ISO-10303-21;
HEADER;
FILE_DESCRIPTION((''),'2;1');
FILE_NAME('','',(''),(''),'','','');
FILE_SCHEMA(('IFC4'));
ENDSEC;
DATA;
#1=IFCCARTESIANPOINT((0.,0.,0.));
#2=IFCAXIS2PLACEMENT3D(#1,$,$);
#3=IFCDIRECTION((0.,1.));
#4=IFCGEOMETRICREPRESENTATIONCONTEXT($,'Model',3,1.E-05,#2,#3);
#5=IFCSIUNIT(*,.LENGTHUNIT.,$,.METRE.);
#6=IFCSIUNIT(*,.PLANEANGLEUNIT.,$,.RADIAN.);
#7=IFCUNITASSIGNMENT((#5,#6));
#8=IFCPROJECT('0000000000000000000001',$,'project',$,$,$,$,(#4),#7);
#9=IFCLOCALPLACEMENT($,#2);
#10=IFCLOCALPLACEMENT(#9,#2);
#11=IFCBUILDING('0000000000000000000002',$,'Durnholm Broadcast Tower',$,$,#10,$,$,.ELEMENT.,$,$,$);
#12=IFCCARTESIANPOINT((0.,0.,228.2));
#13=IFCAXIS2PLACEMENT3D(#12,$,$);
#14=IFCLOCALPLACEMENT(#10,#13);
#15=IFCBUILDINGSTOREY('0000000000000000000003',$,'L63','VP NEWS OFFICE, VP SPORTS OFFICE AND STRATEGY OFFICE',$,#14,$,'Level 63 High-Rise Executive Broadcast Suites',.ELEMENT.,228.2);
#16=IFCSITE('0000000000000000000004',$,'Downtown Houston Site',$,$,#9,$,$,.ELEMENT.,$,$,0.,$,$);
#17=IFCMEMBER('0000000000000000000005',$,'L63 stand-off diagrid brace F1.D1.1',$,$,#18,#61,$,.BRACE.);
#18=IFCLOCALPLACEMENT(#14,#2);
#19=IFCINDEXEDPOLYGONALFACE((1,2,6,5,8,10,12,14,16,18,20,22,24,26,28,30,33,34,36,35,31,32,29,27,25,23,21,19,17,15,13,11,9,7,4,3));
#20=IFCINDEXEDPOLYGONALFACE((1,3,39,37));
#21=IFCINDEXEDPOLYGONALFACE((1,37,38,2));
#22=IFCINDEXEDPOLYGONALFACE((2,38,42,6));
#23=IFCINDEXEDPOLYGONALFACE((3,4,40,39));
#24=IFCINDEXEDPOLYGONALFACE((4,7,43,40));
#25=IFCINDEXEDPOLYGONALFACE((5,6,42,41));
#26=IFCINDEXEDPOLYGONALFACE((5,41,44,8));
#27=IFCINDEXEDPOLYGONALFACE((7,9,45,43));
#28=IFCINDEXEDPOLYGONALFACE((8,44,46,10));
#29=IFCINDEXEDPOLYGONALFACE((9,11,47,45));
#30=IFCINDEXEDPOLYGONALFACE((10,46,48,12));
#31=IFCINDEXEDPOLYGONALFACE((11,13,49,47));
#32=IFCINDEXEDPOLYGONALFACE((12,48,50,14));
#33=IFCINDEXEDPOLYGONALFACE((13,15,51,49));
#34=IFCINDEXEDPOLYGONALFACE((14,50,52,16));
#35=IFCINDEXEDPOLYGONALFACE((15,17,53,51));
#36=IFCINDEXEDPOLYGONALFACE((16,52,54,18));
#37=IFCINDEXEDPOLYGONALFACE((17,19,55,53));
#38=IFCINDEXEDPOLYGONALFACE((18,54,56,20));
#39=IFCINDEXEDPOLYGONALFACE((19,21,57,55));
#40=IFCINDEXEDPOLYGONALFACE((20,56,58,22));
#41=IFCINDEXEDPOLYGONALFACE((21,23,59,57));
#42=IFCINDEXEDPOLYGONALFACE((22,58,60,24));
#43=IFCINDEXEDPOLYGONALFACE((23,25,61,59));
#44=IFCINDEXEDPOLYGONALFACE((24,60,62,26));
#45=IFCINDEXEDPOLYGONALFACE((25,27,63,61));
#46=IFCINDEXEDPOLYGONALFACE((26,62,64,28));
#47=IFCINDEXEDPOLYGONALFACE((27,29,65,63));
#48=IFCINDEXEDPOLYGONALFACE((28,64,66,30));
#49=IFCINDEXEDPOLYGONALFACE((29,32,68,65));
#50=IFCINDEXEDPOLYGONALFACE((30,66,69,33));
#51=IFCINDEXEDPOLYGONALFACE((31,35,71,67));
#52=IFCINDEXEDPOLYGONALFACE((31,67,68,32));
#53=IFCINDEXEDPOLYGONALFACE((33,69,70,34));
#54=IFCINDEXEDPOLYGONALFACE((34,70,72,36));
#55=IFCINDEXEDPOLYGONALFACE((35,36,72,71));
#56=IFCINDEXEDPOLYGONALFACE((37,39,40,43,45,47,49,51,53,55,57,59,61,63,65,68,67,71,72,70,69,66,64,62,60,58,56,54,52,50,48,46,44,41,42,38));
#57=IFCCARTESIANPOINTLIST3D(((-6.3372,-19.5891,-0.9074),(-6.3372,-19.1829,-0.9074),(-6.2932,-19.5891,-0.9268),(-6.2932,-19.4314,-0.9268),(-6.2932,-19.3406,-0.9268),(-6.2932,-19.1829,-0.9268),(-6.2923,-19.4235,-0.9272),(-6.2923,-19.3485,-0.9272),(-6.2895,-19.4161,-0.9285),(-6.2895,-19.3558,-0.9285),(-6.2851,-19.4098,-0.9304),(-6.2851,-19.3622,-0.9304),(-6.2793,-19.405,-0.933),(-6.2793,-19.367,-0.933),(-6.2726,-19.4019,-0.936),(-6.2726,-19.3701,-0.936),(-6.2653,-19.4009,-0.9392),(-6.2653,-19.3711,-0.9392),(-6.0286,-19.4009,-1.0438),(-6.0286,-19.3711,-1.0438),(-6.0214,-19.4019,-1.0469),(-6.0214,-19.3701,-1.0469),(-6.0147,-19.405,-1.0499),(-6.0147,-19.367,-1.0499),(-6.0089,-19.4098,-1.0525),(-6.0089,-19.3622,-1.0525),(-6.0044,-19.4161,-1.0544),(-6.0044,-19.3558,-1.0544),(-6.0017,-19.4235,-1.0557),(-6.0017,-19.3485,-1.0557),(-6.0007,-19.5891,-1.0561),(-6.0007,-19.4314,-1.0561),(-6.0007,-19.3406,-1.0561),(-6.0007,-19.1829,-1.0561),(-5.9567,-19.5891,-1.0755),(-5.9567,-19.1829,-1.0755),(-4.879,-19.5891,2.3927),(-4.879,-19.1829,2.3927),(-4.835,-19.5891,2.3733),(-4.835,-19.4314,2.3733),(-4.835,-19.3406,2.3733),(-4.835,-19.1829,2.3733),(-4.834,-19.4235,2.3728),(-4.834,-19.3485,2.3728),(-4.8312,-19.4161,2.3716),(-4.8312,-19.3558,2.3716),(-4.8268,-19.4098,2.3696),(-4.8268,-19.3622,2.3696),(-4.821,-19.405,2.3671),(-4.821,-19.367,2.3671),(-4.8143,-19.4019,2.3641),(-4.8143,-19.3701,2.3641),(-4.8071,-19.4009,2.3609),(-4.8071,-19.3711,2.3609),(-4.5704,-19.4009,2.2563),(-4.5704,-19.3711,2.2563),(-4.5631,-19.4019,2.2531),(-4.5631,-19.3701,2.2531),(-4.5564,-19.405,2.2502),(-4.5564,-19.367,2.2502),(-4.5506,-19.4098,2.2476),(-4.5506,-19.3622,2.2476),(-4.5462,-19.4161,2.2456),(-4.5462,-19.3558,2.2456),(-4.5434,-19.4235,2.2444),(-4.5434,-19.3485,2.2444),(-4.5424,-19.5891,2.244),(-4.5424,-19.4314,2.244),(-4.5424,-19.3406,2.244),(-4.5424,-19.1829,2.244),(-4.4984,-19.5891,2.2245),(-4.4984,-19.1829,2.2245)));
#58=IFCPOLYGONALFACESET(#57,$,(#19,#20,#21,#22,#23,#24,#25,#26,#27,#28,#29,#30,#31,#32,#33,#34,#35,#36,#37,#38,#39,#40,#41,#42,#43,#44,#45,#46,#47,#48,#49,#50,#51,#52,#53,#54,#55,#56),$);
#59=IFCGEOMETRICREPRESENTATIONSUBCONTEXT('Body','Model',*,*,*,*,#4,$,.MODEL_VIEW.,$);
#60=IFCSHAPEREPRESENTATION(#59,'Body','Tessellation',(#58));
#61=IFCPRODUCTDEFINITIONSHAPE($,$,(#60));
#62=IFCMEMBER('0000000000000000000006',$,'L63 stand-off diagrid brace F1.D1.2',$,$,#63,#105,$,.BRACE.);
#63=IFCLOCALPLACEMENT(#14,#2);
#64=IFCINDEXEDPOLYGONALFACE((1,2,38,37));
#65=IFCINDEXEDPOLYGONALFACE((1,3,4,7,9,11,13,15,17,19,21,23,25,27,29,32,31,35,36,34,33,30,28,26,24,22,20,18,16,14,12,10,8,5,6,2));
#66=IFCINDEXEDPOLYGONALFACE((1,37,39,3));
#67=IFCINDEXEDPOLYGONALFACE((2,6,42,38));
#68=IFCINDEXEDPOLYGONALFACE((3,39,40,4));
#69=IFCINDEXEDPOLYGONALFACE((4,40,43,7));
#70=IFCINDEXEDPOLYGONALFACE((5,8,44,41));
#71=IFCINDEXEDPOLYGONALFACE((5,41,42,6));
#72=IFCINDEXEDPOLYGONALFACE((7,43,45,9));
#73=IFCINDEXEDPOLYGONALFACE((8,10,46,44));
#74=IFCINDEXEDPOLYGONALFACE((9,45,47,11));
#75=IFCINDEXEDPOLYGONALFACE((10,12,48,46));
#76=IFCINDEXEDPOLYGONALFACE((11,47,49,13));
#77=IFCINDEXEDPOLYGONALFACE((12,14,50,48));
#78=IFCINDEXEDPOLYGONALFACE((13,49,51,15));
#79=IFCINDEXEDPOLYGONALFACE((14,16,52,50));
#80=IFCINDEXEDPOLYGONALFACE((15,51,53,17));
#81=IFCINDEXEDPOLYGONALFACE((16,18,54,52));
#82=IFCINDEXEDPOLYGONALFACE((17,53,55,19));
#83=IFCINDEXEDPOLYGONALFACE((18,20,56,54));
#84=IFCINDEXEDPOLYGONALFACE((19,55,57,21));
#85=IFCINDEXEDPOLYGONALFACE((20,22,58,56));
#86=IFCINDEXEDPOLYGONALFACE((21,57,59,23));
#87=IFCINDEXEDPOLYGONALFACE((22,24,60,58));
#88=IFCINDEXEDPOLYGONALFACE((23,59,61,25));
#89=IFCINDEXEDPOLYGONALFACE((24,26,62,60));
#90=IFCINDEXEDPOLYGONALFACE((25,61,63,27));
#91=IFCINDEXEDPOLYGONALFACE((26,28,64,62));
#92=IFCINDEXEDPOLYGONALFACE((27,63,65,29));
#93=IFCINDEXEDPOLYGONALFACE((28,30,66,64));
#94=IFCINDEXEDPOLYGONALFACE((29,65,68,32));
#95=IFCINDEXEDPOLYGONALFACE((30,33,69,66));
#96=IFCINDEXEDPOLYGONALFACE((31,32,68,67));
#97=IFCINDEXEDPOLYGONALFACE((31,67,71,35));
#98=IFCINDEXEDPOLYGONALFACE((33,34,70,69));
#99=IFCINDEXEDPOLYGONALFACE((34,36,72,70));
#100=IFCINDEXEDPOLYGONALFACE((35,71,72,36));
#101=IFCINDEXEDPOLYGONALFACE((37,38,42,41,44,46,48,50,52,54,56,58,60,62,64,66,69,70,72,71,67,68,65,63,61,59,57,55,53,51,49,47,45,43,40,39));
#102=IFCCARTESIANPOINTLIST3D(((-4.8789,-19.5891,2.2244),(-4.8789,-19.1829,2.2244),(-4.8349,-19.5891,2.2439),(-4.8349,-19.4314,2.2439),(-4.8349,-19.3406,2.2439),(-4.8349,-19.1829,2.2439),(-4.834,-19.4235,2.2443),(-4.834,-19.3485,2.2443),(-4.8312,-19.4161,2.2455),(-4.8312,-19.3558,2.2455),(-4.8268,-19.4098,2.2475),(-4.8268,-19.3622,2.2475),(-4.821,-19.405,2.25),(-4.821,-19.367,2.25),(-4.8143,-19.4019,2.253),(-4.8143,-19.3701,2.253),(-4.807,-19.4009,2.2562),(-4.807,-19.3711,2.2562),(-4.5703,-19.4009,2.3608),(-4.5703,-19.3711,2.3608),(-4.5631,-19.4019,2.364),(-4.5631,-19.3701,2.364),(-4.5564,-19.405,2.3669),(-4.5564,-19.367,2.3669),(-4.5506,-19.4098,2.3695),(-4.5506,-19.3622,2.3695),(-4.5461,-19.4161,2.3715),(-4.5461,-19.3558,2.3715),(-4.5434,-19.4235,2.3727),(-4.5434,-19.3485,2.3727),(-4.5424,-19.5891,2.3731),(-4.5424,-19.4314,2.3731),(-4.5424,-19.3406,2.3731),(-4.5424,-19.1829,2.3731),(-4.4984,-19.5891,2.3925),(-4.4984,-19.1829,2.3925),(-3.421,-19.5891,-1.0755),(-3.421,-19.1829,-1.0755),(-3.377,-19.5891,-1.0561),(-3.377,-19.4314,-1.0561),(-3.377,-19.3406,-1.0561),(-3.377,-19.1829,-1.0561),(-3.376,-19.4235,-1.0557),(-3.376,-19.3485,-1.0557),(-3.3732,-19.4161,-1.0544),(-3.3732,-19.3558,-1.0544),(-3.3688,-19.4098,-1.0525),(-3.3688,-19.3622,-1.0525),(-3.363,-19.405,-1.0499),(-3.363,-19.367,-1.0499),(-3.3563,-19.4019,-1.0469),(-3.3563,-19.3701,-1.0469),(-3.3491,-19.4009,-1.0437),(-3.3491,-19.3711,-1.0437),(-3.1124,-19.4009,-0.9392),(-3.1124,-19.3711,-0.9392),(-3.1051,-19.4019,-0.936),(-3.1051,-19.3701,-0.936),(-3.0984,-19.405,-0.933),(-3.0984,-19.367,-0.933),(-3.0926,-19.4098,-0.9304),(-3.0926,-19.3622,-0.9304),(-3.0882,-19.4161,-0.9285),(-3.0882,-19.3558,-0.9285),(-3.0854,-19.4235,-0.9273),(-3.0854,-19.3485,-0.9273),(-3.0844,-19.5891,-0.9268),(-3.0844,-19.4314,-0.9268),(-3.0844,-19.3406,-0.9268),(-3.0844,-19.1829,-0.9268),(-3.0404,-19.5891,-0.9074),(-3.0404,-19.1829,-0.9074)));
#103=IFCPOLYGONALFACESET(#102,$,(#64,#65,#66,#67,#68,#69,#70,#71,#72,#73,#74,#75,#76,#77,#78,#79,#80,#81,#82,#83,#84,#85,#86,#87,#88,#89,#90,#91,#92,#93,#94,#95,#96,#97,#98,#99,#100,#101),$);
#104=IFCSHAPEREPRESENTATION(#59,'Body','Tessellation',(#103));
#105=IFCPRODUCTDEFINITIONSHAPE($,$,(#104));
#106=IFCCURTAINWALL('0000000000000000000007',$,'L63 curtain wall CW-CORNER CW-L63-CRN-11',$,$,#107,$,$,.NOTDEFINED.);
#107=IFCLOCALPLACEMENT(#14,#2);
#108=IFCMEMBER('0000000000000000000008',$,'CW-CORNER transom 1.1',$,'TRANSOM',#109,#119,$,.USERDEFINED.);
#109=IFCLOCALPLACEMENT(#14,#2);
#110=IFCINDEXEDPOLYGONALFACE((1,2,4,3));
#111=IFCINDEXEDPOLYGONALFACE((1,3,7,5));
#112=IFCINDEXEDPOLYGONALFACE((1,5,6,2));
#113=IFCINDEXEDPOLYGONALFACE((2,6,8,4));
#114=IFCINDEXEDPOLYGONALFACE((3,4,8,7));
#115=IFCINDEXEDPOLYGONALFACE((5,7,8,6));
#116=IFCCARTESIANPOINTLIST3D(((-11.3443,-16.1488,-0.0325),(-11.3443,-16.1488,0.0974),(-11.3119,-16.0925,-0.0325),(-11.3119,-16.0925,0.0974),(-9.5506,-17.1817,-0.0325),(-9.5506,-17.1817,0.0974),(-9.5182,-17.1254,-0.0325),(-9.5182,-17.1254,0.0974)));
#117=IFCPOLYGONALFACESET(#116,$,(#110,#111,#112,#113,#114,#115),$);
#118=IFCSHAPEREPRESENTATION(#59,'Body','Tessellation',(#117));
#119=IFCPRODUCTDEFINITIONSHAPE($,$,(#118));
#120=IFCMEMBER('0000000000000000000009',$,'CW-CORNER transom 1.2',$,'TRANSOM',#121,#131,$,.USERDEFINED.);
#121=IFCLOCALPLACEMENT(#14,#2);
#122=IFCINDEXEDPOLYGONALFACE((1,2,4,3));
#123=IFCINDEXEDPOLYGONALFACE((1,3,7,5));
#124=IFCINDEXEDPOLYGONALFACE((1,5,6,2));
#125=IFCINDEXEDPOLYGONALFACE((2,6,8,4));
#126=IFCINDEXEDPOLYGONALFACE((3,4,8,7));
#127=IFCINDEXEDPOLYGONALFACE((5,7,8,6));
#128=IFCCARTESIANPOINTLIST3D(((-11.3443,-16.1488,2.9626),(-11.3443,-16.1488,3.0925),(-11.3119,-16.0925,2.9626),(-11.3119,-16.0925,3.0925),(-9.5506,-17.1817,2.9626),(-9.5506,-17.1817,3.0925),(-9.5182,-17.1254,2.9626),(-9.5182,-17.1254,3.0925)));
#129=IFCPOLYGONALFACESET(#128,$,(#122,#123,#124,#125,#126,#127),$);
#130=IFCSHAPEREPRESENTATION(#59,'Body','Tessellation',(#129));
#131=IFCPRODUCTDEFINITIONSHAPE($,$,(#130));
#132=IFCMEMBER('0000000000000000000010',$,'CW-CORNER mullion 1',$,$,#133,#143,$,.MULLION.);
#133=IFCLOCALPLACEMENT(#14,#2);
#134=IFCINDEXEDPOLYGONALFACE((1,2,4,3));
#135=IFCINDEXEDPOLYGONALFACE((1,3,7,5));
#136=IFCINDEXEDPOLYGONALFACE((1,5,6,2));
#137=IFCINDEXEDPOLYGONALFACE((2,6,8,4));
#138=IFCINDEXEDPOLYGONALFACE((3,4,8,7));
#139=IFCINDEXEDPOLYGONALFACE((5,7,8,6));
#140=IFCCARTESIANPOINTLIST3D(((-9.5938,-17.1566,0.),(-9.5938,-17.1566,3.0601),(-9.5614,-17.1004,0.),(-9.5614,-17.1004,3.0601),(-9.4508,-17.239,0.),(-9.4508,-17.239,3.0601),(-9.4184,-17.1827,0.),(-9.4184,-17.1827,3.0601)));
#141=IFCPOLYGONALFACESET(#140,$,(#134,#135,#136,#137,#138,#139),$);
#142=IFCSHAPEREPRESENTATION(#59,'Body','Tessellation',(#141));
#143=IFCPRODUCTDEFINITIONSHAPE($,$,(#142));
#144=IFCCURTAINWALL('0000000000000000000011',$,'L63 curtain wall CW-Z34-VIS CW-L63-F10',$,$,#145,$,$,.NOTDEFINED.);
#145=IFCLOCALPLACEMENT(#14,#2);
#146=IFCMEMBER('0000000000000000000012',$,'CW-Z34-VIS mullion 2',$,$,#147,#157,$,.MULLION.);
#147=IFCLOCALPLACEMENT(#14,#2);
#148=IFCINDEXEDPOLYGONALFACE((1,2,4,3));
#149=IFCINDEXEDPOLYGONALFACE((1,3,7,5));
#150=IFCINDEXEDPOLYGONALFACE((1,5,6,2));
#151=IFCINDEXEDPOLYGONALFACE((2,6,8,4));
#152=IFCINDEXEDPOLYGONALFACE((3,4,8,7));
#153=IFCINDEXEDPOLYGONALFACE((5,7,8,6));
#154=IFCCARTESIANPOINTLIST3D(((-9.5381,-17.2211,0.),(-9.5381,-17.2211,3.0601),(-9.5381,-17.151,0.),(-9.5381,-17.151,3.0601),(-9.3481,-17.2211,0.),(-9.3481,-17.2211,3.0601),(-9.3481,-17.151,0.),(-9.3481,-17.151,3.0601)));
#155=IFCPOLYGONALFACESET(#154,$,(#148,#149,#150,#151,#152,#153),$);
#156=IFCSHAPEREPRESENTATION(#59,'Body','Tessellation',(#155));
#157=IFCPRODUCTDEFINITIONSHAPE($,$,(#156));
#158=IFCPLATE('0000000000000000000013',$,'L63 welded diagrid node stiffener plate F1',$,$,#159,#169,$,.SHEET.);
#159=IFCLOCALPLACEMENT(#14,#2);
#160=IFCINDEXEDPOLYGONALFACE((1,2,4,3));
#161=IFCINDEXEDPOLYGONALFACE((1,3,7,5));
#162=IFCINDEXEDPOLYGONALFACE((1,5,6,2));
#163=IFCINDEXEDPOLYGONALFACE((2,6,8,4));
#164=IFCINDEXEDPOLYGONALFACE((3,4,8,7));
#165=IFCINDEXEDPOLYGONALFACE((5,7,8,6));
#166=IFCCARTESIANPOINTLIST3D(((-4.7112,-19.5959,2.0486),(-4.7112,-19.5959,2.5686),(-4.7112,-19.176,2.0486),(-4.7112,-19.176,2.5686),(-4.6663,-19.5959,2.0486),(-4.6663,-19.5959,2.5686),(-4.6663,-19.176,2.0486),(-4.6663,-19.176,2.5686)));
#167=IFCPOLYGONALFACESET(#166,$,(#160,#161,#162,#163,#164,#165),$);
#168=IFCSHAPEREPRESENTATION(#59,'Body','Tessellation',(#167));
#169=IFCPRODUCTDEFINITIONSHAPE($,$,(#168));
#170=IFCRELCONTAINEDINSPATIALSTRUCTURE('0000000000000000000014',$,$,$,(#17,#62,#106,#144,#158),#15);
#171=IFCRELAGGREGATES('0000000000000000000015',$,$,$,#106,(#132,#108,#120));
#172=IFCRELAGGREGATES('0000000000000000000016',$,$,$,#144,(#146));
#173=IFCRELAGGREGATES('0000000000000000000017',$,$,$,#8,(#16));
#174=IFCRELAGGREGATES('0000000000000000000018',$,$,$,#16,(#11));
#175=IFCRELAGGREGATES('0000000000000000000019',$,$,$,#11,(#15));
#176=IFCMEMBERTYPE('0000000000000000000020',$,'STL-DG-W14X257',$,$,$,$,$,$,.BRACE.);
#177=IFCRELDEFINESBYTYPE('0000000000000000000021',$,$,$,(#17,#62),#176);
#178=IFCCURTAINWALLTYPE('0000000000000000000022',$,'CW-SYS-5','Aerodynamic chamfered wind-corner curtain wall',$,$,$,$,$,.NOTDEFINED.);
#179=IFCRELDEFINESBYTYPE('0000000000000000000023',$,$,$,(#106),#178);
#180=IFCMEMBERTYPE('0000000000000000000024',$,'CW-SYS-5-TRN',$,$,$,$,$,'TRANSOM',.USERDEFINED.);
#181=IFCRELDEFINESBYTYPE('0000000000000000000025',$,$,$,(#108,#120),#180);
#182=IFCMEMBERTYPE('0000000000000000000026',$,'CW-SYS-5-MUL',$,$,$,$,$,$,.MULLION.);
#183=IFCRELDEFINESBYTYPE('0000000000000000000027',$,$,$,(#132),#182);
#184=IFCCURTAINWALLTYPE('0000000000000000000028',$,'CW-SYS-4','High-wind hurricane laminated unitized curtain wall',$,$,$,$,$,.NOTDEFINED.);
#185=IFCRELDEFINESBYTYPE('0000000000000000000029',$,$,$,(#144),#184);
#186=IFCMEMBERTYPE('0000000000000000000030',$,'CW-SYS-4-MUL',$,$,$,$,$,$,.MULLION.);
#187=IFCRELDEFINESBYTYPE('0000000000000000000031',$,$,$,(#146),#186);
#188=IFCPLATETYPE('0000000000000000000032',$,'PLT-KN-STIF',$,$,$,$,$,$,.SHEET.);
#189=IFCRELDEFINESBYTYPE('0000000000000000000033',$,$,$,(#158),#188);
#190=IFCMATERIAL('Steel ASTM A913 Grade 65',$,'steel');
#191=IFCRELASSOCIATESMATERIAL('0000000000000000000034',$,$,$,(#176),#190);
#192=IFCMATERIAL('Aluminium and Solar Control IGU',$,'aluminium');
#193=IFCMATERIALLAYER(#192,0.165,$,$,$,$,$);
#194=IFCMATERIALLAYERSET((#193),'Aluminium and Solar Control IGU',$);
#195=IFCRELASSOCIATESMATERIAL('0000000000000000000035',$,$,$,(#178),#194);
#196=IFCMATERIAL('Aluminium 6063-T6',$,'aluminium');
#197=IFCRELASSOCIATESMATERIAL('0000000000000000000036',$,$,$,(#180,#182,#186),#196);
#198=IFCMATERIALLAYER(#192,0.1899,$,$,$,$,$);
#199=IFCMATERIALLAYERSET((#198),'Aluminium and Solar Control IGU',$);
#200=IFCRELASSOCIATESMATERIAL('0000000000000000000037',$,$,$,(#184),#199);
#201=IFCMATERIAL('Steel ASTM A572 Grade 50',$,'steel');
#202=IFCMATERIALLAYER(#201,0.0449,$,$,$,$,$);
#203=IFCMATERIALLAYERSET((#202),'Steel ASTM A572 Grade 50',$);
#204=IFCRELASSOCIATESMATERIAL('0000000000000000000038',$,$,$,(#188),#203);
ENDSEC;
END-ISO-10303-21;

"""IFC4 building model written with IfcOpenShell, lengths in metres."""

from ifc_helpers import new_model, si_unit, direction, frame, origin, origin_2d, place, context, subcontext, project, spatial, rectangle, i_section, extrude, source, transform, mapped, material, layer, layer_set, material_profile, profile_set, type_object, type_shapes, element, aggregate, save


model = new_model("IFC4")

# Units and contexts
model_context = context("Model", 3, precision=1e-05, world=origin(), true_north=direction((0.0, 1.0)))
body_context = subcontext(model_context, "Body", "Model", "MODEL_VIEW")
ifc_project = project(units=[si_unit("LENGTHUNIT", "METRE"), si_unit("PLANEANGLEUNIT", "RADIAN")], contexts=[model_context])

# Site, building, storey
site_placement = place(None, origin())
site = spatial("IfcSite", under=ifc_project, at=site_placement, Name="Downtown Houston Site", CompositionType="ELEMENT", RefElevation=0.0)
building_placement = place(site_placement, origin())
building = spatial("IfcBuilding", under=site, at=building_placement, Name="Durnholm Broadcast Tower", CompositionType="ELEMENT")
storey_placement = place(building_placement, frame((0.0, 0.0, 228.2)))
storey = spatial("IfcBuildingStorey", under=building, at=storey_placement, Name="L63", Description="VP NEWS OFFICE, VP SPORTS OFFICE AND STRATEGY OFFICE", LongName="Level 63 High-Rise Executive Broadcast Suites", CompositionType="ELEMENT", Elevation=228.2)

# Members
ifc_material_1 = material(Name="Steel ASTM A913 Grade 65", Category="steel")
ifc_material_profile_1 = material_profile(ifc_material_1, i_section(OverallWidth=0.4062, OverallDepth=0.416, WebThickness=0.0298, FlangeThickness=0.0481, FilletRadius=0.0305, at=origin_2d()), Name="W14X257")
ifc_profile_set_1 = profile_set([ifc_material_profile_1], Name="Steel ASTM A913 Grade 65")
member_type_1 = type_object("IfcMemberType", Name="STL-DG-W14X257", PredefinedType="BRACE", material=ifc_profile_set_1)
shared_shape_1 = source(origin(), body_context, "Body", "SweptSolid", [
    extrude(i_section(OverallWidth=0.4062, OverallDepth=0.416, WebThickness=0.0298, FlangeThickness=0.0481, FilletRadius=0.0305, at=origin_2d()), origin(), (0.0, 0.0, 1.0), 3.6079),
])
member_1_placement = place(storey_placement, frame((-6.147, -19.386, -0.9915), z_axis=(0.404185, 0.0, 0.914677), x_axis=(0.0, 1.0, 0.0)))
element("IfcMember", 1, at=member_1_placement, inside=storey, type_object=member_type_1, Name="L63 stand-off diagrid brace F1.D1.1", PredefinedType="BRACE", context=body_context, shape_type="MappedRepresentation", body=[
    mapped(shared_shape_1, transform((0.0, 0.0, 0.0), x_axis=(1.0, 0.0, 0.0), y_axis=(0.0, 1.0, 0.0), z_axis=(0.0, 0.0, 1.0), scale=1.0)),
])
shared_shape_2 = source(origin(), body_context, "Body", "SweptSolid", [
    extrude(i_section(OverallWidth=0.4062, OverallDepth=0.416, WebThickness=0.0298, FlangeThickness=0.0481, FilletRadius=0.0305, at=origin_2d()), origin(), (0.0, 0.0, 1.0), 3.6077),
])
type_shapes(member_type_1, [shared_shape_1, shared_shape_2])
member_2_placement = place(storey_placement, frame((-3.2307, -19.386, -0.9915), z_axis=(-0.404128, 0.0, 0.914702), x_axis=(0.0, -1.0, 0.0)))
element("IfcMember", 2, at=member_2_placement, inside=storey, type_object=member_type_1, Name="L63 stand-off diagrid brace F1.D1.2", PredefinedType="BRACE", context=body_context, shape_type="MappedRepresentation", body=[
    mapped(shared_shape_2, transform((0.0, 0.0, 0.0), x_axis=(1.0, 0.0, 0.0), y_axis=(0.0, 1.0, 0.0), z_axis=(0.0, 0.0, 1.0), scale=1.0)),
])

# Curtain wall, members
ifc_material_2 = material(Name="Aluminium and Solar Control IGU", Category="aluminium")
ifc_layer_1 = layer(ifc_material_2, 0.165)
ifc_layer_set_1 = layer_set([ifc_layer_1], Name="Aluminium and Solar Control IGU")
curtain_wall_type_1 = type_object("IfcCurtainWallType", Name="CW-SYS-5", Description="Aerodynamic chamfered wind-corner curtain wall", PredefinedType="NOTDEFINED", material=ifc_layer_set_1)
curtain_wall_1_placement = place(storey_placement, origin())
curtain_wall_1 = element("IfcCurtainWall", 3, at=curtain_wall_1_placement, inside=storey, type_object=curtain_wall_type_1, Name="L63 curtain wall CW-CORNER CW-L63-CRN-11", PredefinedType="NOTDEFINED")
ifc_material_3 = material(Name="Aluminium 6063-T6", Category="aluminium")
ifc_material_profile_2 = material_profile(ifc_material_3, rectangle(XDim=0.0649, YDim=0.1299, at=origin_2d()), Name="CWT65X130")
ifc_profile_set_2 = profile_set([ifc_material_profile_2], Name="Aluminium 6063-T6")
member_type_2 = type_object("IfcMemberType", Name="CW-SYS-5-TRN", ElementType="TRANSOM", PredefinedType="USERDEFINED", material=ifc_profile_set_2)
shared_shape_3 = source(origin(), body_context, "Body", "SweptSolid", [
    extrude(rectangle(XDim=0.0649, YDim=0.1299, at=origin_2d()), origin(), (0.0, 0.0, 1.0), 2.0698),
])
type_shapes(member_type_2, [shared_shape_3])
member_3_placement = place(storey_placement, frame((-9.5344, -17.1536, 0.0325), z_axis=(-0.866576, 0.499045, 0.0), x_axis=(-0.499045, -0.866576, 0.0)))
member_3 = element("IfcMember", 4, at=member_3_placement, type_object=member_type_2, Name="CW-CORNER transom 1.1", ObjectType="TRANSOM", PredefinedType="USERDEFINED", context=body_context, shape_type="MappedRepresentation", body=[
    mapped(shared_shape_3, transform((0.0, 0.0, 0.0), x_axis=(1.0, 0.0, 0.0), y_axis=(0.0, 1.0, 0.0), z_axis=(0.0, 0.0, 1.0), scale=1.0)),
])
member_4_placement = place(storey_placement, frame((-9.5344, -17.1536, 3.0276), z_axis=(-0.866576, 0.499045, 0.0), x_axis=(-0.499045, -0.866576, 0.0)))
member_4 = element("IfcMember", 5, at=member_4_placement, type_object=member_type_2, Name="CW-CORNER transom 1.2", ObjectType="TRANSOM", PredefinedType="USERDEFINED", context=body_context, shape_type="MappedRepresentation", body=[
    mapped(shared_shape_3, transform((0.0, 0.0, 0.0), x_axis=(1.0, 0.0, 0.0), y_axis=(0.0, 1.0, 0.0), z_axis=(0.0, 0.0, 1.0), scale=1.0)),
])
ifc_material_profile_3 = material_profile(ifc_material_3, rectangle(XDim=0.0649, YDim=0.165, at=origin_2d()), Name="CWM65X165")
ifc_profile_set_3 = profile_set([ifc_material_profile_3], Name="Aluminium 6063-T6")
member_type_3 = type_object("IfcMemberType", Name="CW-SYS-5-MUL", PredefinedType="MULLION", material=ifc_profile_set_3)
shared_shape_4 = source(origin(), body_context, "Body", "SweptSolid", [
    extrude(rectangle(XDim=0.0649, YDim=0.165, at=origin_2d()), origin(), (0.0, 0.0, 1.0), 3.0601),
])
type_shapes(member_type_3, [shared_shape_4])
member_5_placement = place(storey_placement, frame((-9.5061, -17.1697, 0.0), z_axis=(0.0, 0.0, 1.0), x_axis=(-0.499059, -0.866568, 0.0)))
member_5 = element("IfcMember", 6, at=member_5_placement, type_object=member_type_3, Name="CW-CORNER mullion 1", PredefinedType="MULLION", context=body_context, shape_type="MappedRepresentation", body=[
    mapped(shared_shape_4, transform((0.0, 0.0, 0.0), x_axis=(1.0, 0.0, 0.0), y_axis=(0.0, 1.0, 0.0), z_axis=(0.0, 0.0, 1.0), scale=1.0)),
])
aggregate(curtain_wall_1, [member_5, member_3, member_4])

# Curtain wall, member
ifc_layer_2 = layer(ifc_material_2, 0.1899)
ifc_layer_set_2 = layer_set([ifc_layer_2], Name="Aluminium and Solar Control IGU")
curtain_wall_type_2 = type_object("IfcCurtainWallType", Name="CW-SYS-4", Description="High-wind hurricane laminated unitized curtain wall", PredefinedType="NOTDEFINED", material=ifc_layer_set_2)
curtain_wall_2_placement = place(storey_placement, origin())
curtain_wall_2 = element("IfcCurtainWall", 7, at=curtain_wall_2_placement, inside=storey, type_object=curtain_wall_type_2, Name="L63 curtain wall CW-Z34-VIS CW-L63-F10", PredefinedType="NOTDEFINED")
ifc_material_profile_4 = material_profile(ifc_material_3, rectangle(XDim=0.0701, YDim=0.1899, at=origin_2d()), Name="CWM70X190")
ifc_profile_set_4 = profile_set([ifc_material_profile_4], Name="Aluminium 6063-T6")
member_type_4 = type_object("IfcMemberType", Name="CW-SYS-4-MUL", PredefinedType="MULLION", material=ifc_profile_set_4)
shared_shape_5 = source(origin(), body_context, "Body", "SweptSolid", [
    extrude(rectangle(XDim=0.0701, YDim=0.1899, at=origin_2d()), origin(), (0.0, 0.0, 1.0), 3.0601),
])
type_shapes(member_type_4, [shared_shape_5])
member_6_placement = place(storey_placement, frame((-9.4431, -17.186, 0.0), z_axis=(0.0, 0.0, 1.0), x_axis=(0.0, -1.0, 0.0)))
member_6 = element("IfcMember", 8, at=member_6_placement, type_object=member_type_4, Name="CW-Z34-VIS mullion 2", PredefinedType="MULLION", context=body_context, shape_type="MappedRepresentation", body=[
    mapped(shared_shape_5, transform((0.0, 0.0, 0.0), x_axis=(1.0, 0.0, 0.0), y_axis=(0.0, 1.0, 0.0), z_axis=(0.0, 0.0, 1.0), scale=1.0)),
])

# Plate
ifc_material_4 = material(Name="Steel ASTM A572 Grade 50", Category="steel")
ifc_layer_3 = layer(ifc_material_4, 0.0449)
ifc_layer_set_3 = layer_set([ifc_layer_3], Name="Steel ASTM A572 Grade 50")
plate_type_1 = type_object("IfcPlateType", Name="PLT-KN-STIF", PredefinedType="SHEET", material=ifc_layer_set_3)
shared_shape_6 = source(origin(), body_context, "Body", "SweptSolid", [
    extrude(rectangle(XDim=0.0449, YDim=0.4199, at=origin_2d()), origin(), (0.0, 0.0, 1.0), 0.52),
])
type_shapes(plate_type_1, [shared_shape_6])
plate_1_placement = place(storey_placement, frame((-4.6887, -19.386, 2.0486), z_axis=(0.0, 0.0, 1.0), x_axis=(1.0, 0.0, 0.0)))
element("IfcPlate", 9, at=plate_1_placement, inside=storey, type_object=plate_type_1, Name="L63 welded diagrid node stiffener plate F1", PredefinedType="SHEET", context=body_context, shape_type="MappedRepresentation", body=[
    mapped(shared_shape_6, transform((0.0, 0.0, 0.0), x_axis=(1.0, 0.0, 0.0), y_axis=(0.0, 1.0, 0.0), z_axis=(0.0, 0.0, 1.0), scale=1.0)),
])

aggregate(curtain_wall_2, [member_6])

save(model, "model.ifc")
